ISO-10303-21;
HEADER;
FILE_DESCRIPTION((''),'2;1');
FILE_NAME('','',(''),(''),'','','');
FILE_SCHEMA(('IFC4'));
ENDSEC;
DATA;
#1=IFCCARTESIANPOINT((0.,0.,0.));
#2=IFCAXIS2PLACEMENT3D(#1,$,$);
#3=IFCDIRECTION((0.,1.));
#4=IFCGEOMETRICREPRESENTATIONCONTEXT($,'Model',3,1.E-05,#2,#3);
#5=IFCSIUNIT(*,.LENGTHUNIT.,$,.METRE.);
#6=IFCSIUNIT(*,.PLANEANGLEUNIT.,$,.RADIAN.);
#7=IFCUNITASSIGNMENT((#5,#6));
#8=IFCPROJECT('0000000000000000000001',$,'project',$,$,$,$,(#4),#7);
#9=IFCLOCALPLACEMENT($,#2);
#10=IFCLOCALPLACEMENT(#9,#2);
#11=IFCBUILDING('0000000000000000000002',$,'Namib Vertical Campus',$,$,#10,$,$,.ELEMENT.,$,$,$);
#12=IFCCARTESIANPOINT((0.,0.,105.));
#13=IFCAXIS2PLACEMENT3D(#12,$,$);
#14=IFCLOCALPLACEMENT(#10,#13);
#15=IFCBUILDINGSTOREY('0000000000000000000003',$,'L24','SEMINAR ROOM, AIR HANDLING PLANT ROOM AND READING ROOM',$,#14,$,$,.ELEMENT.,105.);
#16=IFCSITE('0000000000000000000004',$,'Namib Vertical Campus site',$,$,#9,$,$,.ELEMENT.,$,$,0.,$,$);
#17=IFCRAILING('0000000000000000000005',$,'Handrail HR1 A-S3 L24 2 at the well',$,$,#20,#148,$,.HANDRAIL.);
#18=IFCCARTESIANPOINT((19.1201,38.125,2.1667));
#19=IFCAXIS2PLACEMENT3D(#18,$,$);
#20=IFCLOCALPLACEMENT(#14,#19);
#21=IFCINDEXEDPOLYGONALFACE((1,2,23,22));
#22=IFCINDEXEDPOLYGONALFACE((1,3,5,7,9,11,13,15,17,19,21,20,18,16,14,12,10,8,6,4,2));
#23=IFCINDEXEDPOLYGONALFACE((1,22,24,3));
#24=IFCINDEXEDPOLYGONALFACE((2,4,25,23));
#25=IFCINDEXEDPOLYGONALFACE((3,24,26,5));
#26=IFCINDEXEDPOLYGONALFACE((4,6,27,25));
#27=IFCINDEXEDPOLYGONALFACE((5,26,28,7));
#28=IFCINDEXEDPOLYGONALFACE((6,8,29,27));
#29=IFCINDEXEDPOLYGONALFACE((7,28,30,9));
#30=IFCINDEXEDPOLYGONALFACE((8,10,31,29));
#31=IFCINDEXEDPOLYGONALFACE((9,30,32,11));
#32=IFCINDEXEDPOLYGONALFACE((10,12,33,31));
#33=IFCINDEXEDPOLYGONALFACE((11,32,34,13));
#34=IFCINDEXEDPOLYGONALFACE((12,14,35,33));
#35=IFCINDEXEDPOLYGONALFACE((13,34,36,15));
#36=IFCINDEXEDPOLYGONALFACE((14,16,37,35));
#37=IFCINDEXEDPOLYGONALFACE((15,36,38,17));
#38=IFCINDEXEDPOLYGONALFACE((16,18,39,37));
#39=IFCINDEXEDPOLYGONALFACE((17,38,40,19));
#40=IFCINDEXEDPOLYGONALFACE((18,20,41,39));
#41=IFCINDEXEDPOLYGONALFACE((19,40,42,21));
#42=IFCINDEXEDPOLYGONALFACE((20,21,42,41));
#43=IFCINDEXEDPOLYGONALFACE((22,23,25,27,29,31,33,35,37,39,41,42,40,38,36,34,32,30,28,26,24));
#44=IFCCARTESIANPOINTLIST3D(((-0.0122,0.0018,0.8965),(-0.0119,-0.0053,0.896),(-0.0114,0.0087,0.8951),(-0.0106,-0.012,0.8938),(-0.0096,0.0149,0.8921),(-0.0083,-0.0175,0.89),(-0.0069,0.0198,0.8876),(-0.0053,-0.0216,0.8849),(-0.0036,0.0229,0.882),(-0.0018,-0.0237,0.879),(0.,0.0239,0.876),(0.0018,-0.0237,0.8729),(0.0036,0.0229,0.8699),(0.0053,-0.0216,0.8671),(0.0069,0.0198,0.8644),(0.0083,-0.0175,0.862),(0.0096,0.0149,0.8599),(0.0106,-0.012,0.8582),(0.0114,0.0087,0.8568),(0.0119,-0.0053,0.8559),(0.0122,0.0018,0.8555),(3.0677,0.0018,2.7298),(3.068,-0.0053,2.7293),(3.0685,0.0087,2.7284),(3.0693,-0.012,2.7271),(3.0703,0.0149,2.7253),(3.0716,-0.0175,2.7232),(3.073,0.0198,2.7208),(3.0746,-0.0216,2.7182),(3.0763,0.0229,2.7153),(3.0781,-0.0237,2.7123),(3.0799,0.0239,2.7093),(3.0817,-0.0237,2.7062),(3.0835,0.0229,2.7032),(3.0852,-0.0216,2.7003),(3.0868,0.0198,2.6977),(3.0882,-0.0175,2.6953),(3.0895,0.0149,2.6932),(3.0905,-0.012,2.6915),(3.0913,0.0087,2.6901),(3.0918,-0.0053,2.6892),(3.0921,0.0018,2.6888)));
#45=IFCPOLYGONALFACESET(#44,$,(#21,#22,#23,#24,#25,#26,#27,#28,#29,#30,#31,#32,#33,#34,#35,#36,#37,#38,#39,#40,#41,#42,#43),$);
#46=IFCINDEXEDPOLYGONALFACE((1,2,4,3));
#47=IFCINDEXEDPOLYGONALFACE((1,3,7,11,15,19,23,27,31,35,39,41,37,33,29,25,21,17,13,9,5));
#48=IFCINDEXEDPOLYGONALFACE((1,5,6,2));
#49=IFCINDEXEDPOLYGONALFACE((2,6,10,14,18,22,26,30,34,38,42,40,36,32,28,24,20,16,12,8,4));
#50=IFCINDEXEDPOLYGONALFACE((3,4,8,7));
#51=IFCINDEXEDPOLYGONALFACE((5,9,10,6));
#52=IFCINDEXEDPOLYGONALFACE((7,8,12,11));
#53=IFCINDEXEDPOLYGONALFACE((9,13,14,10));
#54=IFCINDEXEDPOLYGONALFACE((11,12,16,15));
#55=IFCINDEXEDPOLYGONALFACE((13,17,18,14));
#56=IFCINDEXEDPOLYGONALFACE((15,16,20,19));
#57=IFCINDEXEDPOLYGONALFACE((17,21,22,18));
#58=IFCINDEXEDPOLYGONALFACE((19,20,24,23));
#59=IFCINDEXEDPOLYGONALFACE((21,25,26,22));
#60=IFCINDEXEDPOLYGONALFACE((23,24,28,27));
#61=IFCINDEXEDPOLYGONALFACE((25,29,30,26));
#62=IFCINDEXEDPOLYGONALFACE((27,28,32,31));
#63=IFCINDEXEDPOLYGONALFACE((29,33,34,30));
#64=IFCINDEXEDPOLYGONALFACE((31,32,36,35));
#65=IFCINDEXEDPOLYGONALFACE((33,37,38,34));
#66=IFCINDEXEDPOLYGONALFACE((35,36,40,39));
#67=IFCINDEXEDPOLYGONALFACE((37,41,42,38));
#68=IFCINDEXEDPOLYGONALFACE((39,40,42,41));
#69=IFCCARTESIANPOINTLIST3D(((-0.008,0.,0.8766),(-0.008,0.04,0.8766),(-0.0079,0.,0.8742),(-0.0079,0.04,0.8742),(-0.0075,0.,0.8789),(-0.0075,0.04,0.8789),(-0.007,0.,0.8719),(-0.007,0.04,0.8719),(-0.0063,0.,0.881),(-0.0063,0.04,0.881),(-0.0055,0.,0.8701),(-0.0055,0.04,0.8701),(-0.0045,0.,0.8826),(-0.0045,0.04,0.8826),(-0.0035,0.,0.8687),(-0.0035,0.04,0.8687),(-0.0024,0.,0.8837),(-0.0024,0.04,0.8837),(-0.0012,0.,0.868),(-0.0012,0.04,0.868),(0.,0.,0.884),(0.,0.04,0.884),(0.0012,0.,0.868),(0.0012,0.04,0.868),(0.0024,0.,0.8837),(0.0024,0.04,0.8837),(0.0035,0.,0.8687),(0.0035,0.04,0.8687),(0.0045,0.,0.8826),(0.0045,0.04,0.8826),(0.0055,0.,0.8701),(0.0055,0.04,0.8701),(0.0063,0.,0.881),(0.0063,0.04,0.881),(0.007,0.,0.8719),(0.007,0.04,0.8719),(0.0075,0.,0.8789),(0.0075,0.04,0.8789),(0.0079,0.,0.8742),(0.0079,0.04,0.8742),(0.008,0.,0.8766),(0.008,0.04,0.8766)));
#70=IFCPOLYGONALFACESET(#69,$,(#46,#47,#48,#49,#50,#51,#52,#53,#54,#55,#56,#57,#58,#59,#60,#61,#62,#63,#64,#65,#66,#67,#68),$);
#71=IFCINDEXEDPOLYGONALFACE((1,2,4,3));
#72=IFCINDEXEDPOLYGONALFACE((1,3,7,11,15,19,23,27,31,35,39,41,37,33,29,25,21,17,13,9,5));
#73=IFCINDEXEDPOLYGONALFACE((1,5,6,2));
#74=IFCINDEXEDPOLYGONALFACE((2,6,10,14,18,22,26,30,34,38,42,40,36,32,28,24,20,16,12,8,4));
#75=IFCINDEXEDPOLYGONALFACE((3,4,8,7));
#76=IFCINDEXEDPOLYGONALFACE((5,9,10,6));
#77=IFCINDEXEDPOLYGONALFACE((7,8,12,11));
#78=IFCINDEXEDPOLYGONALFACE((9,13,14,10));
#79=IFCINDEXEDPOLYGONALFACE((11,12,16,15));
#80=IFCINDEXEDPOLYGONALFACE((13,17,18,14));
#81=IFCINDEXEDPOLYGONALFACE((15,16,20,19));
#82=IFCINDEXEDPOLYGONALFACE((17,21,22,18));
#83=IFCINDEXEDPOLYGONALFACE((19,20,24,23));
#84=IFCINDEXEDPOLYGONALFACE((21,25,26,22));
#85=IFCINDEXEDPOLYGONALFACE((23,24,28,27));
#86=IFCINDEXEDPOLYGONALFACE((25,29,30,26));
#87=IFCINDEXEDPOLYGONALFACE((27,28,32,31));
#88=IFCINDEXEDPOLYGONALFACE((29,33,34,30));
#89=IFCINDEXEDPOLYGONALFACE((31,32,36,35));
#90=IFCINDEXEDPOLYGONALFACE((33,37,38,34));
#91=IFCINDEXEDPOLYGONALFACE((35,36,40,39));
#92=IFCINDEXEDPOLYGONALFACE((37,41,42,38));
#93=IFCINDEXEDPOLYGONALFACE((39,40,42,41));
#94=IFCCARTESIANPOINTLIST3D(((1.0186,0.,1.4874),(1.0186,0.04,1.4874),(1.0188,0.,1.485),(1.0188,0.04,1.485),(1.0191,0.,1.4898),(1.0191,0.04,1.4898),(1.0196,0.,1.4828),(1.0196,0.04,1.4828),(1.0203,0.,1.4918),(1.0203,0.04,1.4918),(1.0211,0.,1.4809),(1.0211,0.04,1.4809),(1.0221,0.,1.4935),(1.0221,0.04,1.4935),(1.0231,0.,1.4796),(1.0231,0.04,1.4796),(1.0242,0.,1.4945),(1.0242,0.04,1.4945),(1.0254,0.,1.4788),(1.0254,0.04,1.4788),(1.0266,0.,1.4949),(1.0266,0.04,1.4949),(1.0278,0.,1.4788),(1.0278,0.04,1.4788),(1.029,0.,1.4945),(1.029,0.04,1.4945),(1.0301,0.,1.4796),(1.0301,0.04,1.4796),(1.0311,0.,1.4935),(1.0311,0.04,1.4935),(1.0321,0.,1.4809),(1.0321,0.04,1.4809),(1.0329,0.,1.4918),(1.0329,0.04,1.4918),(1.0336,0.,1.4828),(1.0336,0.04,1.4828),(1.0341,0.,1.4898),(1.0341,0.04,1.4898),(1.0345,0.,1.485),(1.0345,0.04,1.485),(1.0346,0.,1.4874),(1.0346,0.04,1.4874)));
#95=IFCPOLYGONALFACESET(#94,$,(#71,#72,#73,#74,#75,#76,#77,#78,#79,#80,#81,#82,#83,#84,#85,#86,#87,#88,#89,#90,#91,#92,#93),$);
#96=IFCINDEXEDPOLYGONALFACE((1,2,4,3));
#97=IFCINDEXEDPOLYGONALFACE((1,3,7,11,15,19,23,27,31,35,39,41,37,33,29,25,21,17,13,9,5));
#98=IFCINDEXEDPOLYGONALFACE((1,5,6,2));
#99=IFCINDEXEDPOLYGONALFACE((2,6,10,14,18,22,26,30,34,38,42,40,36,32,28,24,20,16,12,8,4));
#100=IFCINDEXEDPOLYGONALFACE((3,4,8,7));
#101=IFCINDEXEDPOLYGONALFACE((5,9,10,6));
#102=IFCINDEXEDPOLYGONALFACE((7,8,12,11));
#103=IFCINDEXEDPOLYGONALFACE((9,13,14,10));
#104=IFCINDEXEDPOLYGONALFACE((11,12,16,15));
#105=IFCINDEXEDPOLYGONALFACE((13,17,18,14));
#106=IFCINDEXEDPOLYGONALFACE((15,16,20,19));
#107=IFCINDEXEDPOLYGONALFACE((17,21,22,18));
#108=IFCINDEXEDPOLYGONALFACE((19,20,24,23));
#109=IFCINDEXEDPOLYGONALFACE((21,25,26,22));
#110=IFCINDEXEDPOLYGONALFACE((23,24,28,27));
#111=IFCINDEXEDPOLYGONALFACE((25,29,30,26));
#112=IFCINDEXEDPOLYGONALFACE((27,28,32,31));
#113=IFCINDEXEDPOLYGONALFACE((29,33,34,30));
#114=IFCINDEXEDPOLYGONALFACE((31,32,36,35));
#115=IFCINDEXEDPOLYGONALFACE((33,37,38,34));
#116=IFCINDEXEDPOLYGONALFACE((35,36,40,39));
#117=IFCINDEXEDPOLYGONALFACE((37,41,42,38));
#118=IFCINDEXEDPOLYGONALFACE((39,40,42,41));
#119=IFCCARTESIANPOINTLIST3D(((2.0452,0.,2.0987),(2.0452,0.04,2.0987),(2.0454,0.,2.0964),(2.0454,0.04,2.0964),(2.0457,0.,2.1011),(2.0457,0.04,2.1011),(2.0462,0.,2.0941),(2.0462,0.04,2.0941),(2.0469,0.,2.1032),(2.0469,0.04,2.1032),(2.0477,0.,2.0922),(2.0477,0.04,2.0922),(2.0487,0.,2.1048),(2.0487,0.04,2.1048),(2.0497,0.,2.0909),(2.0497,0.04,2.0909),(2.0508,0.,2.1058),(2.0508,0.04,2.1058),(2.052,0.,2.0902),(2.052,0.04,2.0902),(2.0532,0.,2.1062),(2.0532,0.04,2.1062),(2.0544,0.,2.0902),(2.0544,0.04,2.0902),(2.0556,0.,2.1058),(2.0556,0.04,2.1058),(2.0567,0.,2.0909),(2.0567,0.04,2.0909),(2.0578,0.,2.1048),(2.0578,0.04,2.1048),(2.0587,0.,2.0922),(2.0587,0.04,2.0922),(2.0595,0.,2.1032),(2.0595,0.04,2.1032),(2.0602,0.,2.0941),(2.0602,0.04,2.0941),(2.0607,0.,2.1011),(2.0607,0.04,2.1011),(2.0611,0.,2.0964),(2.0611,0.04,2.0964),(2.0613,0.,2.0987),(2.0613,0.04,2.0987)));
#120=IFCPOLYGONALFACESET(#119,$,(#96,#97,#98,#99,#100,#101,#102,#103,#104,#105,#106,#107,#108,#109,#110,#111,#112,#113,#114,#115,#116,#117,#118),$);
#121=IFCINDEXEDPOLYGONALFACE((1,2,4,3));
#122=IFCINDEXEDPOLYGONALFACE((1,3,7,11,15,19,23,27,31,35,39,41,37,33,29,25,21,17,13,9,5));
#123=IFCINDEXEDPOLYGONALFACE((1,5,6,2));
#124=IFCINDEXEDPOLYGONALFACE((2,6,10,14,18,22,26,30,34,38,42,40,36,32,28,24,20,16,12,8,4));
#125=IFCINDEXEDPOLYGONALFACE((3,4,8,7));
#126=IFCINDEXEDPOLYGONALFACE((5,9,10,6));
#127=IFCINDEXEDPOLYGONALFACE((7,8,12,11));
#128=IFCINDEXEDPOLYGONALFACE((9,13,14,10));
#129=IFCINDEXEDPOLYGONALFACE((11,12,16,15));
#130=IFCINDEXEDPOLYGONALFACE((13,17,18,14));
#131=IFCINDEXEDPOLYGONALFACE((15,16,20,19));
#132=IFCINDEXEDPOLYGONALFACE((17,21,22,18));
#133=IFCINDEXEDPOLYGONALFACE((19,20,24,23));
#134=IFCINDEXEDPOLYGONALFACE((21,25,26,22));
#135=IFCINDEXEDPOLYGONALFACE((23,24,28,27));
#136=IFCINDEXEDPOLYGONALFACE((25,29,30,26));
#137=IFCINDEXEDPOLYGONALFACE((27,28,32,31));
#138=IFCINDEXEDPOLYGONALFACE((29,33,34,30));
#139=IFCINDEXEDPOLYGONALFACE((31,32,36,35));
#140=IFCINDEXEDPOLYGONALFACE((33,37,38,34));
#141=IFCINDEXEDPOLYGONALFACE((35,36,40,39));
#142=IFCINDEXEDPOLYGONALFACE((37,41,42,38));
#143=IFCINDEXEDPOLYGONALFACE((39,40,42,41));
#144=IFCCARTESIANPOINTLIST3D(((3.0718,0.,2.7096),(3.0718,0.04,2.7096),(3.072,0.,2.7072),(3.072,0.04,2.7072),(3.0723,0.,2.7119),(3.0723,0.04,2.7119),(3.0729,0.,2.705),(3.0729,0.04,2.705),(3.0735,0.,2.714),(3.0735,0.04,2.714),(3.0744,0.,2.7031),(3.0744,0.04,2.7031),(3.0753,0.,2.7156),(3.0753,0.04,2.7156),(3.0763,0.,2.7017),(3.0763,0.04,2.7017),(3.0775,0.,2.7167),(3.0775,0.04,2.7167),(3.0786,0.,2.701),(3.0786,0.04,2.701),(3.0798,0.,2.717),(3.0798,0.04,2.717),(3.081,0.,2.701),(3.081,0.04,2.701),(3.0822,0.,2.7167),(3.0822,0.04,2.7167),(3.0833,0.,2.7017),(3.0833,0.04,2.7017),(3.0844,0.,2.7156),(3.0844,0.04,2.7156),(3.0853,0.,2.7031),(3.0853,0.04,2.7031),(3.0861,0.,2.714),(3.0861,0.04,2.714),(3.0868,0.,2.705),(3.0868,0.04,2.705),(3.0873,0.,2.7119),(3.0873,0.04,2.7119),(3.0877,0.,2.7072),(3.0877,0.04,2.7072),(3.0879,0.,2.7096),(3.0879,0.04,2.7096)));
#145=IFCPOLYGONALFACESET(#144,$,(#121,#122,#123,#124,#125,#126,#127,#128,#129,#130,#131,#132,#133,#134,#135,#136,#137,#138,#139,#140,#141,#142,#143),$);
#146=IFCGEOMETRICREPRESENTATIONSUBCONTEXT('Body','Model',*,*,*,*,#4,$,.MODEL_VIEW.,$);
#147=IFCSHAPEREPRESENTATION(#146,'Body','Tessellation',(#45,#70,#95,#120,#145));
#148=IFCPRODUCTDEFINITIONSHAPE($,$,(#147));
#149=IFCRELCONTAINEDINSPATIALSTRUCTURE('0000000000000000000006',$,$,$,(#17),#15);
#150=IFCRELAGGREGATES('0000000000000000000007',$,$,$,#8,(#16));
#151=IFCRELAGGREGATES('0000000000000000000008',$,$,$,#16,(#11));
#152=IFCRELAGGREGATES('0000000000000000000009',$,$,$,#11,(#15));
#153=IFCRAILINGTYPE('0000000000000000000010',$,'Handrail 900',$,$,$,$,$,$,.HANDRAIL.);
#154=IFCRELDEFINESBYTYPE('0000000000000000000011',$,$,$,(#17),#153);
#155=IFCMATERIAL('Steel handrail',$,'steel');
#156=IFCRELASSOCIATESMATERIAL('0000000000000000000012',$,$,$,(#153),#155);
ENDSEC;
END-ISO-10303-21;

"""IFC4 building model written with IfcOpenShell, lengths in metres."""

from ifc_helpers import new_model, si_unit, direction, frame, origin, origin_2d, place, context, subcontext, project, spatial, circle, extrude, material, type_object, element, save


model = new_model("IFC4")

# Units and contexts
model_context = context("Model", 3, precision=1e-05, world=origin(), true_north=direction((0.0, 1.0)))
body_context = subcontext(model_context, "Body", "Model", "MODEL_VIEW")
ifc_project = project(units=[si_unit("LENGTHUNIT", "METRE"), si_unit("PLANEANGLEUNIT", "RADIAN")], contexts=[model_context])

# Site, building, storey
site_placement = place(None, origin())
site = spatial("IfcSite", under=ifc_project, at=site_placement, Name="Namib Vertical Campus site", CompositionType="ELEMENT", RefElevation=0.0)
building_placement = place(site_placement, origin())
building = spatial("IfcBuilding", under=site, at=building_placement, Name="Namib Vertical Campus", CompositionType="ELEMENT")
storey_placement = place(building_placement, frame((0.0, 0.0, 105.0)))
storey = spatial("IfcBuildingStorey", under=building, at=storey_placement, Name="L24", Description="SEMINAR ROOM, AIR HANDLING PLANT ROOM AND READING ROOM", CompositionType="ELEMENT", Elevation=105.0)

# Railing
ifc_material_1 = material(Name="Steel handrail", Category="steel")
railing_type_1 = type_object("IfcRailingType", Name="Handrail 900", PredefinedType="HANDRAIL", material=ifc_material_1)
railing_1_placement = place(storey_placement, frame((19.1201, 38.125, 2.1667)))
element("IfcRailing", 1, at=railing_1_placement, inside=storey, type_object=railing_type_1, Name="Handrail HR1 A-S3 L24 2 at the well", PredefinedType="HANDRAIL", context=body_context, shape_type="SweptSolid", body=[
    extrude(circle(Radius=0.0239, at=origin_2d()), frame((0.0, 0.0, 0.876), z_axis=(0.859291, 0.0, 0.511487), x_axis=(0.0, 1.0, 0.0)), (0.0, 0.0, 1.0), 3.5842),
    extrude(circle(Radius=0.0081, at=origin_2d()), frame((0.0, 0.0, 0.876), z_axis=(0.0, 1.0, 0.0), x_axis=(0.0, 0.0, 1.0)), (0.0, 0.0, 1.0), 0.04),
    extrude(circle(Radius=0.0081, at=origin_2d()), frame((1.0266, 0.0, 1.4868), z_axis=(0.0, 1.0, 0.0), x_axis=(0.0, 0.0, 1.0)), (0.0, 0.0, 1.0), 0.04),
    extrude(circle(Radius=0.0081, at=origin_2d()), frame((2.0532, 0.0, 2.0981), z_axis=(0.0, 1.0, 0.0), x_axis=(0.0, 0.0, 1.0)), (0.0, 0.0, 1.0), 0.04),
    extrude(circle(Radius=0.0081, at=origin_2d()), frame((3.0798, 0.0, 2.709), z_axis=(0.0, 1.0, 0.0), x_axis=(0.0, 0.0, 1.0)), (0.0, 0.0, 1.0), 0.04),
])

save(model, "model.ifc")
